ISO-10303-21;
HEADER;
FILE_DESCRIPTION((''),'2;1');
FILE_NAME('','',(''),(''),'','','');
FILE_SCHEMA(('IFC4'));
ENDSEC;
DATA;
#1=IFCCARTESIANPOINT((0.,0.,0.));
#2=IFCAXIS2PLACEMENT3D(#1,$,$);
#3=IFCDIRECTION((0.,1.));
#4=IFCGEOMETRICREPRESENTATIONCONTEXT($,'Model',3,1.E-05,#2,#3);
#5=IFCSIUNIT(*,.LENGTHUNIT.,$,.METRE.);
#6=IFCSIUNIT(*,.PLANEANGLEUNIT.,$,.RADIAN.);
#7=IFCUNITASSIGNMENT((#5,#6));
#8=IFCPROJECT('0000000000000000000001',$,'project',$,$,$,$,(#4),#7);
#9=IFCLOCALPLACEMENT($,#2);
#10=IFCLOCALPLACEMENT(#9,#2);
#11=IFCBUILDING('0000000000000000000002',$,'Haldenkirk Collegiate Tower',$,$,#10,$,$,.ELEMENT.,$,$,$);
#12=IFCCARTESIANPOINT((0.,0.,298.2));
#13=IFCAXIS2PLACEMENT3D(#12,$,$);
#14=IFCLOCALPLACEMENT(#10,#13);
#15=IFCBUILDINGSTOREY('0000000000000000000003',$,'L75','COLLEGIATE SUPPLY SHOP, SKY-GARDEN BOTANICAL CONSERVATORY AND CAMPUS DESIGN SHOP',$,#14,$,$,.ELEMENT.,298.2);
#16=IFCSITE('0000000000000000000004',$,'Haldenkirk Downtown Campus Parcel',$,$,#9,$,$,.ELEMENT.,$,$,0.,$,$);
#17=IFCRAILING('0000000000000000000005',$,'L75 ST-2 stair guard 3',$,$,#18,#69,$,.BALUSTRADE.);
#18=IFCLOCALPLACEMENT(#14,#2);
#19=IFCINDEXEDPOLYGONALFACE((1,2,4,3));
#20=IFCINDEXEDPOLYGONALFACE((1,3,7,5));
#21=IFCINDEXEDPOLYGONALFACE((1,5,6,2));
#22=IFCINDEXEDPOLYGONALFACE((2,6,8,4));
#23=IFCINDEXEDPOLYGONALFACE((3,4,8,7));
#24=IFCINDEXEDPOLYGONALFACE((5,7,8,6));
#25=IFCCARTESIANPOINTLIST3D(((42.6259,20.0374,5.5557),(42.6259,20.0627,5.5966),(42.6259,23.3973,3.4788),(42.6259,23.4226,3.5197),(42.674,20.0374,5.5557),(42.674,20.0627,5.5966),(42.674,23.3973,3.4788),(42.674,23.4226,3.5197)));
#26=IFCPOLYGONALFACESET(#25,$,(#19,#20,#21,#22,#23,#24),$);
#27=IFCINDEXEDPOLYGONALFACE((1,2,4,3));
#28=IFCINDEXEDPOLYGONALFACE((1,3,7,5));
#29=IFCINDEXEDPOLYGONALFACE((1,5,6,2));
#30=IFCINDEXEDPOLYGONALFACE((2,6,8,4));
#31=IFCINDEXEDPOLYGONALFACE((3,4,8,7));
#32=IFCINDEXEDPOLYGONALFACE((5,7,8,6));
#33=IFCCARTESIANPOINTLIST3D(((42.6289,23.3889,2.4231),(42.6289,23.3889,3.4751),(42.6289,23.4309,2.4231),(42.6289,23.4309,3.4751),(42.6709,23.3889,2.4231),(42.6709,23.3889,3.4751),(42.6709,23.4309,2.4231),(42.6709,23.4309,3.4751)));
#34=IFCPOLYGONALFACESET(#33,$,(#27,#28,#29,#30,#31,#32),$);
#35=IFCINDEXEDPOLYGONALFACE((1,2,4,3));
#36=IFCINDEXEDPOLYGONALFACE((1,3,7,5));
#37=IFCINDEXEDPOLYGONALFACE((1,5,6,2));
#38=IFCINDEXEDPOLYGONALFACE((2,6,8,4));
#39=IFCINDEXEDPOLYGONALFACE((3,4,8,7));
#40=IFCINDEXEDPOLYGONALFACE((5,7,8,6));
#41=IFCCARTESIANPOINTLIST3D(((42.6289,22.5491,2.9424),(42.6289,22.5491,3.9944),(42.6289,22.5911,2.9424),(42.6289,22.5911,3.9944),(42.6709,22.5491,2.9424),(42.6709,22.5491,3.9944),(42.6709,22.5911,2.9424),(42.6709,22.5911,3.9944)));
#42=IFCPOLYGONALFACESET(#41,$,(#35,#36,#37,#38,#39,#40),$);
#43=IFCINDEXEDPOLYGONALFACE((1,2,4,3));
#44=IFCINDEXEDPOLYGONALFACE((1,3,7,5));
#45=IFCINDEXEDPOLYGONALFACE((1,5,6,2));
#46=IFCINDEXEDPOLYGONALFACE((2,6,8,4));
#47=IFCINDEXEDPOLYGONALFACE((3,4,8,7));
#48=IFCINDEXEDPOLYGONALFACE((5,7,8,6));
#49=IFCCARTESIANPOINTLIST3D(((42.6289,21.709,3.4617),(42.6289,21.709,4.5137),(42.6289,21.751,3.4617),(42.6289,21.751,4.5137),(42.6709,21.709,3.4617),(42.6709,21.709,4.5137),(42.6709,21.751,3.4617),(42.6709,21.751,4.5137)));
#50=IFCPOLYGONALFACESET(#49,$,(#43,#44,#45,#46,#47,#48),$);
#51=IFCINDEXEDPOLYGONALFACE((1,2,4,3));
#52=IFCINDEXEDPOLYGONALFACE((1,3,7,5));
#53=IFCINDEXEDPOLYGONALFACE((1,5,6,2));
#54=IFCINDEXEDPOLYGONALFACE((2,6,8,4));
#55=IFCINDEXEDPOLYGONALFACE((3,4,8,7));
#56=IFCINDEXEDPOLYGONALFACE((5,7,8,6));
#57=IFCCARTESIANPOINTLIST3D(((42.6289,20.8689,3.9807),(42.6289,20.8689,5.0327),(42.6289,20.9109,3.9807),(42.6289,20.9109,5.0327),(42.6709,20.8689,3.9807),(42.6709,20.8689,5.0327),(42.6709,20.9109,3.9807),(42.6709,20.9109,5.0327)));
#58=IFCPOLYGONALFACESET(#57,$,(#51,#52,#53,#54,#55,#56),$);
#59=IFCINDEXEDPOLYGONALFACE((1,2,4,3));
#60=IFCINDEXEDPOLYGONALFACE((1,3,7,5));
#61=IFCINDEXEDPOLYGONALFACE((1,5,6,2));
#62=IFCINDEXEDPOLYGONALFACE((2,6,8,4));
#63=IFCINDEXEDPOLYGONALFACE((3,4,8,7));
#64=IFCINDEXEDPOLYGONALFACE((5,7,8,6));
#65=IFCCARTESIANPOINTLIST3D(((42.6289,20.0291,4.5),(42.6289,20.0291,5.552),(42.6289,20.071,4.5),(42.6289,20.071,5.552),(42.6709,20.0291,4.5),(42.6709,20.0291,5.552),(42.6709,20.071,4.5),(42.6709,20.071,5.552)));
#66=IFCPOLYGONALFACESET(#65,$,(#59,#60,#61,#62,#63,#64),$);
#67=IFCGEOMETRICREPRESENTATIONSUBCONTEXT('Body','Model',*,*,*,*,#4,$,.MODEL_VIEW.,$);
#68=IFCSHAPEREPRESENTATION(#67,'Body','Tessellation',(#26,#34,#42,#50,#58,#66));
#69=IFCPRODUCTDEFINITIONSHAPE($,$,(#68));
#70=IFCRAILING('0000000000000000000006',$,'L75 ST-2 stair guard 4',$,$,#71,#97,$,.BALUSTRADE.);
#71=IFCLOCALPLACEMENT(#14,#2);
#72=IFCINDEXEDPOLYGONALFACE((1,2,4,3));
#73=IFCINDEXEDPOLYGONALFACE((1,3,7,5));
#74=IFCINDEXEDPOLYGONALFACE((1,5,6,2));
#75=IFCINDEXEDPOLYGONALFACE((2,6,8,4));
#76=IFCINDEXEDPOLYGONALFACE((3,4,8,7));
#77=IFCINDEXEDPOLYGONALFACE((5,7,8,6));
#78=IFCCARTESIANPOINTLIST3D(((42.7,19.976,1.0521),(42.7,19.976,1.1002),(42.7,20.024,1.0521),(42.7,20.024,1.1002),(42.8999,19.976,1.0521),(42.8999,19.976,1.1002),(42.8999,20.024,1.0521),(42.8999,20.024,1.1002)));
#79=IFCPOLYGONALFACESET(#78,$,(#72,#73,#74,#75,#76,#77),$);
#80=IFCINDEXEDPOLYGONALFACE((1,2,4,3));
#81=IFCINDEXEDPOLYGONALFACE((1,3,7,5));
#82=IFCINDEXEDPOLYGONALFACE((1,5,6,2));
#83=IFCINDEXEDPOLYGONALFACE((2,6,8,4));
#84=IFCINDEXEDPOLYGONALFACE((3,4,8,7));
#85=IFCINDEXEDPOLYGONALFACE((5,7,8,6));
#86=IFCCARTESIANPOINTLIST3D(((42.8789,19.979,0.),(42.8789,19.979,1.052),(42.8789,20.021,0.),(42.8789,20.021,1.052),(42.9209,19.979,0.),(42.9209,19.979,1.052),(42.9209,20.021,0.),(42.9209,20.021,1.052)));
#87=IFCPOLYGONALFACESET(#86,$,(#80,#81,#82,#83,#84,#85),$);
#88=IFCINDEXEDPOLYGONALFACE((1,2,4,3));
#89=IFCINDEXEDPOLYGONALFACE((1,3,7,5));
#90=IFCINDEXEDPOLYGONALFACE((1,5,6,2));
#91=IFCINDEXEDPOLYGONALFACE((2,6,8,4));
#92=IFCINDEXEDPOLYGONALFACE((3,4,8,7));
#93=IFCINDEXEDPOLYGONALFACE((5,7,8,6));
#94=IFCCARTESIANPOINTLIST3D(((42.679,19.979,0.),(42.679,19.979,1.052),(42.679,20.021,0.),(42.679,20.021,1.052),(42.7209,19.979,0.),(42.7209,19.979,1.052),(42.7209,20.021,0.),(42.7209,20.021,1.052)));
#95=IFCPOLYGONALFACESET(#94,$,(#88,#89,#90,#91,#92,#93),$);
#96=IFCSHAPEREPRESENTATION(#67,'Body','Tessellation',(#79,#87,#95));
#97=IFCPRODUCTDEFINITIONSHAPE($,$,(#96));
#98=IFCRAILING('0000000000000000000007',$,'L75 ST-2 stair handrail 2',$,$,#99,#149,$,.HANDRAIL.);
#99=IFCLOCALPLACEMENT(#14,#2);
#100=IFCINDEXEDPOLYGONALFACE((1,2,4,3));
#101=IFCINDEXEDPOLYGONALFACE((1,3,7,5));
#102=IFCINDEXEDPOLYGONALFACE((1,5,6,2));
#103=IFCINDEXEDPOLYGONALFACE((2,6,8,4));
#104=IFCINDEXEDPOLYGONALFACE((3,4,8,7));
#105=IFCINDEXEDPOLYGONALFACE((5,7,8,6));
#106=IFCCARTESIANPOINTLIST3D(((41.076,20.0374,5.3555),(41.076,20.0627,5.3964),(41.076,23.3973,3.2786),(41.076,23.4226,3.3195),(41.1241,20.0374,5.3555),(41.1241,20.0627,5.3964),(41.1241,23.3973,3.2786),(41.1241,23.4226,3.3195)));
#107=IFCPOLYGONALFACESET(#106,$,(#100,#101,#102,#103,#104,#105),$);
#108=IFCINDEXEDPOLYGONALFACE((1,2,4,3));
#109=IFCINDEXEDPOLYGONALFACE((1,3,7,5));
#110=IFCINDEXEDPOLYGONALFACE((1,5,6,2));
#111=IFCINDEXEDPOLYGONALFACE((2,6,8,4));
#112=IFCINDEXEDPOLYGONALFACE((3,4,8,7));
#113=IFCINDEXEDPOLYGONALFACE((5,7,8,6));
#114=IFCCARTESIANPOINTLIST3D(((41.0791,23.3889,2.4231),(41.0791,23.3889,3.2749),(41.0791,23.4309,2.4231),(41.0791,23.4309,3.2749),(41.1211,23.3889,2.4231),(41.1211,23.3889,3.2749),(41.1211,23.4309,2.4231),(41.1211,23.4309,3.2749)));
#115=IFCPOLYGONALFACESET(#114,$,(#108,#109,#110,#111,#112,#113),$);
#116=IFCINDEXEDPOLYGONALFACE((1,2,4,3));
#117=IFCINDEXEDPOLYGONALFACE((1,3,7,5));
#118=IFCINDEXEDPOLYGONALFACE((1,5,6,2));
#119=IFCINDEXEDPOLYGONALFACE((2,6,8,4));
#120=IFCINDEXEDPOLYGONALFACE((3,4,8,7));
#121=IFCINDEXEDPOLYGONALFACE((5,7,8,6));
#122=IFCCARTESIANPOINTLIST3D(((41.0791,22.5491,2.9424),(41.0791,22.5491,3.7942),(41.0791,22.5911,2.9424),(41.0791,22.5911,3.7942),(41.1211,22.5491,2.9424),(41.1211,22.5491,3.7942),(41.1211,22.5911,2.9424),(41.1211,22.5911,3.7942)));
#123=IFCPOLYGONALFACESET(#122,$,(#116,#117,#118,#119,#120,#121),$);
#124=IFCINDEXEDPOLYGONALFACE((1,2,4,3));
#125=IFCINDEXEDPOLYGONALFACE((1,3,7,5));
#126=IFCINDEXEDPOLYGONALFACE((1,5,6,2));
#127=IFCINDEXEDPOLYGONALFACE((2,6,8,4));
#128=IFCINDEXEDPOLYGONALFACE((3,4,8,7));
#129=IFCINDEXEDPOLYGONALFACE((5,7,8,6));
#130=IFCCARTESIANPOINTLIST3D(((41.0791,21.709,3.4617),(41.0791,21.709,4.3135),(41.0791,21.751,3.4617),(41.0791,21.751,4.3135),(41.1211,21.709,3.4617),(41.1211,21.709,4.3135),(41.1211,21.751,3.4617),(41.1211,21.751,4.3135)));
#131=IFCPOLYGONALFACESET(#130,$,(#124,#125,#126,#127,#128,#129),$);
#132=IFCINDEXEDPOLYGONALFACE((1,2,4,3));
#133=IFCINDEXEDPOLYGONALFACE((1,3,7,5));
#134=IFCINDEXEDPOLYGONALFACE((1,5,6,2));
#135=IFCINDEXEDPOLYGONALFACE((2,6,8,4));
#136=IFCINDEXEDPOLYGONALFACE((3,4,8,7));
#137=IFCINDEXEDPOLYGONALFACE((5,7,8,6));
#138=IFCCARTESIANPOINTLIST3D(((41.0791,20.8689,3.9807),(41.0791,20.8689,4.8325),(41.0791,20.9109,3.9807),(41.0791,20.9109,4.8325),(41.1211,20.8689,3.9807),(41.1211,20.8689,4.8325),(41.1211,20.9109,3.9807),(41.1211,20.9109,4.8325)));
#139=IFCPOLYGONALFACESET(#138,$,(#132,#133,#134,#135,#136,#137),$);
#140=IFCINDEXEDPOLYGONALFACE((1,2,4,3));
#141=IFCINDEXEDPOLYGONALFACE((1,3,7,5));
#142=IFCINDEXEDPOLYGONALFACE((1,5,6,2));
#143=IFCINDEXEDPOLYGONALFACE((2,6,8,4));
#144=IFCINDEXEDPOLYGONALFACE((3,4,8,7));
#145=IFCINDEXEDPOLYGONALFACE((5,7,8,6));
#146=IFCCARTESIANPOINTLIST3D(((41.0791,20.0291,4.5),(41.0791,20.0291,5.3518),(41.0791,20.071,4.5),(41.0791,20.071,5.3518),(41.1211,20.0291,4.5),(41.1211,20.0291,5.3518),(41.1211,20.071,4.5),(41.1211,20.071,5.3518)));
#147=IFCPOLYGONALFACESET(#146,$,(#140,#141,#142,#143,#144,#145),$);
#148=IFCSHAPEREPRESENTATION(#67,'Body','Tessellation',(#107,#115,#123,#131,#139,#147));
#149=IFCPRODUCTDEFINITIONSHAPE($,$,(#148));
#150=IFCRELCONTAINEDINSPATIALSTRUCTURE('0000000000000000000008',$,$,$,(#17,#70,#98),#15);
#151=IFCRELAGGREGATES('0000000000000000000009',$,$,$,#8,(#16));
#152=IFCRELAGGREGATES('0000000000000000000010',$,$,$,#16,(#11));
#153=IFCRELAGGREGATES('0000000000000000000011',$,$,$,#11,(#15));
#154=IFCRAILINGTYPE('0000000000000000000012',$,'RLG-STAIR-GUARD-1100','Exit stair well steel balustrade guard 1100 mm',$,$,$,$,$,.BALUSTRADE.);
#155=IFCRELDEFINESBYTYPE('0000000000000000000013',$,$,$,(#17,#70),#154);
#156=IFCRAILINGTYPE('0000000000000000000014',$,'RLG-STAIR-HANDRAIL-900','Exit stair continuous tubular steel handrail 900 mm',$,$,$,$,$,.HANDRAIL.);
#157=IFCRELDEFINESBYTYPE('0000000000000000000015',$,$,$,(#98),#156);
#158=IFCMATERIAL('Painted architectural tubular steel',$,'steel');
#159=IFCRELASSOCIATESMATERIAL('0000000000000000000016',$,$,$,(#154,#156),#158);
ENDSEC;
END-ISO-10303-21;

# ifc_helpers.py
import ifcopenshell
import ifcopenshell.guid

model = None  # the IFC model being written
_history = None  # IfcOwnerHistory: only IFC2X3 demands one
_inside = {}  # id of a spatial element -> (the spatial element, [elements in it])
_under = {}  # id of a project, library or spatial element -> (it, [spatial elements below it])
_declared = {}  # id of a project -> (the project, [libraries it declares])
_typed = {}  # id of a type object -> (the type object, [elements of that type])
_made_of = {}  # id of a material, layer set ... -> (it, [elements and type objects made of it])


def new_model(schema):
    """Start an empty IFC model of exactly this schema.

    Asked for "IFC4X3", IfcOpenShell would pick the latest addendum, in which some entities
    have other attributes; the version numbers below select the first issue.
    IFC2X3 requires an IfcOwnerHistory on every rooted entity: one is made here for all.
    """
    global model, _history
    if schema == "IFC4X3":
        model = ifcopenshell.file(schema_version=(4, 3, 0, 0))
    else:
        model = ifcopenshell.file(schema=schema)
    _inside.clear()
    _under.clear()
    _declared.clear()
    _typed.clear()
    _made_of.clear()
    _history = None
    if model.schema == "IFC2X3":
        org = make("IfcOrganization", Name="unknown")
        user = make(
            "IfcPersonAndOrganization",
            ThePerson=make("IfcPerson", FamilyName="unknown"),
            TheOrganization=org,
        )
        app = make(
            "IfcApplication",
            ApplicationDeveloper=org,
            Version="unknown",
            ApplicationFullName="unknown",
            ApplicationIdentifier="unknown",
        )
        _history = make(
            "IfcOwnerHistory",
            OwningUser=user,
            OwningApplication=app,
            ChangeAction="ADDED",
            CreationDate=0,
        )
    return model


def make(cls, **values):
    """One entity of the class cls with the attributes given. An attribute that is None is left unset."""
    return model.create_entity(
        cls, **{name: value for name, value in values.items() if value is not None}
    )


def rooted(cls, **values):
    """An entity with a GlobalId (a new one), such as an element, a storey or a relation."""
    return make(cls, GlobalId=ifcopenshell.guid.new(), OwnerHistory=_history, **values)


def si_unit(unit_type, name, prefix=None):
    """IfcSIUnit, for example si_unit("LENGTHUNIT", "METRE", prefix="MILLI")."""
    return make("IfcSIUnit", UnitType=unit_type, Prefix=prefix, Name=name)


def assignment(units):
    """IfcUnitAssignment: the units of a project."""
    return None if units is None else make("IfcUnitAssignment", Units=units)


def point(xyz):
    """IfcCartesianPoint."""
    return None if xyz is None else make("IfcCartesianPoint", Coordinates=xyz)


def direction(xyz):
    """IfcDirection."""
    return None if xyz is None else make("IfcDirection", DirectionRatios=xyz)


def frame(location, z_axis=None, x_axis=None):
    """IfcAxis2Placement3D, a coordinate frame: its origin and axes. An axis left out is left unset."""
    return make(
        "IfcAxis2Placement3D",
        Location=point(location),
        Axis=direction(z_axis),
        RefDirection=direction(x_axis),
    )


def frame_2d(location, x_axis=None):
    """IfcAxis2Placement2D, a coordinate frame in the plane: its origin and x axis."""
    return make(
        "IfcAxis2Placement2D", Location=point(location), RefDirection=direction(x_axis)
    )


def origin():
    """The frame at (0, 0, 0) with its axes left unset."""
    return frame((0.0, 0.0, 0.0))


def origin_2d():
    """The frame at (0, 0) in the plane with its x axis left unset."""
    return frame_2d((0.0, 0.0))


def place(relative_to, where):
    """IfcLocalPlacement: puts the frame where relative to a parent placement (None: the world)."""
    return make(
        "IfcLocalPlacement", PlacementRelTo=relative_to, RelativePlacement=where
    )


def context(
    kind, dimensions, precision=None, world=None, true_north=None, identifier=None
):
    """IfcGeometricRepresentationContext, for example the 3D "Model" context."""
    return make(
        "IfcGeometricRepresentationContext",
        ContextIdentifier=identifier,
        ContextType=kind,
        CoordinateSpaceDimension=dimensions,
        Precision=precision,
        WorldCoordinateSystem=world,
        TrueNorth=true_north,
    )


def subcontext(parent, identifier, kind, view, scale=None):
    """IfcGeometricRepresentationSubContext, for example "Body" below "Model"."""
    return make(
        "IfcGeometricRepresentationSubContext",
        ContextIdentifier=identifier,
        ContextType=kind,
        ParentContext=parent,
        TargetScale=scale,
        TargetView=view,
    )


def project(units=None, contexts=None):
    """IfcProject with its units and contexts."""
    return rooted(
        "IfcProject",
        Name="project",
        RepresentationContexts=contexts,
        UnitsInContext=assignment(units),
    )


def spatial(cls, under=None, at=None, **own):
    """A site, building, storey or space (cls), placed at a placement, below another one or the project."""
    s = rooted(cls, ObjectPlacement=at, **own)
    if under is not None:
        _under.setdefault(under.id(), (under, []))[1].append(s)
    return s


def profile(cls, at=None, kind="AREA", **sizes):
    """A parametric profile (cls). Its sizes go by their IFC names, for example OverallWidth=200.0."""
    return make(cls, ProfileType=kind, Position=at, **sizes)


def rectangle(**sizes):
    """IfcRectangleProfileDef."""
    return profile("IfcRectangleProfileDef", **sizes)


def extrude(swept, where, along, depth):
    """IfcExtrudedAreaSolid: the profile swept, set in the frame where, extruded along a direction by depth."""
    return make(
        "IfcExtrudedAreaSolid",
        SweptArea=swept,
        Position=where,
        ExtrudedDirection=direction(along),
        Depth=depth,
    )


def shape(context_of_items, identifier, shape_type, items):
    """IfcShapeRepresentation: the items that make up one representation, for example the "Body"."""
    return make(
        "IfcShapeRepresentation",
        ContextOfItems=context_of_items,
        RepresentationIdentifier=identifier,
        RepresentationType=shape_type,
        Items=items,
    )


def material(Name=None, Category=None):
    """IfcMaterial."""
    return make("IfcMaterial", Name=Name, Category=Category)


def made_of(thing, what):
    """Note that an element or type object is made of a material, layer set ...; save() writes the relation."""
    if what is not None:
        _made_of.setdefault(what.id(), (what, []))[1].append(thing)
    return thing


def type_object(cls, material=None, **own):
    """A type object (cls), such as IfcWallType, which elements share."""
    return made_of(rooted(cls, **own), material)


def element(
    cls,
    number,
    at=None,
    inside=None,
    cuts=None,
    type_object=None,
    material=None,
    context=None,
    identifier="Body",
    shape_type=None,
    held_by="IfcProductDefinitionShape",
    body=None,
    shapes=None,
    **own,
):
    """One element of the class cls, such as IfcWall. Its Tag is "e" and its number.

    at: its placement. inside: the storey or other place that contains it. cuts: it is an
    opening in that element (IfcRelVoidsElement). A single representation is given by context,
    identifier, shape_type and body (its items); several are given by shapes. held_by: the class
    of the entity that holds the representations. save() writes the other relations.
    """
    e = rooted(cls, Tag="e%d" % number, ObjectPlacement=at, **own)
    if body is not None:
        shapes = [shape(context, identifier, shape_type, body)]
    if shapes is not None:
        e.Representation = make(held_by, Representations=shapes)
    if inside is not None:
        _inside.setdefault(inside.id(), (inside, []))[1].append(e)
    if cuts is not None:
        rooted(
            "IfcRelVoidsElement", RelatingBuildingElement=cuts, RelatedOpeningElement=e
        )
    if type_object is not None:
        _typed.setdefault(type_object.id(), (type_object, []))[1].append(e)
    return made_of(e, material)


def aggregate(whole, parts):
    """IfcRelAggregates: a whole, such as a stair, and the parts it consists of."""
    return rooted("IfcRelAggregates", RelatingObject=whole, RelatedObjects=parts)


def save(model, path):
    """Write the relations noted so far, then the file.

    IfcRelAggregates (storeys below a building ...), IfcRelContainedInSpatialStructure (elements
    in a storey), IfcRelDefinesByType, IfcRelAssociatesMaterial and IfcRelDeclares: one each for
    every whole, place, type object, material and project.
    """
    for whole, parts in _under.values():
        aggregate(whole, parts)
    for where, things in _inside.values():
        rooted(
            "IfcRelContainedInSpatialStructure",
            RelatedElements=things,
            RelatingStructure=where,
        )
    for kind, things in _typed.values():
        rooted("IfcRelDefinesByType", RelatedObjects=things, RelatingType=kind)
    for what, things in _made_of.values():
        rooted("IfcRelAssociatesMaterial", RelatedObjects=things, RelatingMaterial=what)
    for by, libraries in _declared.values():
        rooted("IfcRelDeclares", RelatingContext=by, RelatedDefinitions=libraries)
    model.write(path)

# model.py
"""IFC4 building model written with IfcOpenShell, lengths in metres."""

from ifc_helpers import new_model, si_unit, direction, frame, origin, origin_2d, place, context, subcontext, project, spatial, rectangle, extrude, material, type_object, element, save


model = new_model("IFC4")

# Units and contexts
model_context = context("Model", 3, precision=1e-05, world=origin(), true_north=direction((0.0, 1.0)))
body_context = subcontext(model_context, "Body", "Model", "MODEL_VIEW")
ifc_project = project(units=[si_unit("LENGTHUNIT", "METRE"), si_unit("PLANEANGLEUNIT", "RADIAN")], contexts=[model_context])

# Site, building, storey
site_placement = place(None, origin())
site = spatial("IfcSite", under=ifc_project, at=site_placement, Name="Haldenkirk Downtown Campus Parcel", CompositionType="ELEMENT", RefElevation=0.0)
building_placement = place(site_placement, origin())
building = spatial("IfcBuilding", under=site, at=building_placement, Name="Haldenkirk Collegiate Tower", CompositionType="ELEMENT")
storey_placement = place(building_placement, frame((0.0, 0.0, 298.2)))
storey = spatial("IfcBuildingStorey", under=building, at=storey_placement, Name="L75", Description="COLLEGIATE SUPPLY SHOP, SKY-GARDEN BOTANICAL CONSERVATORY AND CAMPUS DESIGN SHOP", CompositionType="ELEMENT", Elevation=298.2)

# Railings
ifc_material_1 = material(Name="Painted architectural tubular steel", Category="steel")
railing_type_1 = type_object("IfcRailingType", Name="RLG-STAIR-GUARD-1100", Description="Exit stair well steel balustrade guard 1100 mm", PredefinedType="BALUSTRADE", material=ifc_material_1)
railing_1_placement = place(storey_placement, frame((42.6499, 23.4099, 2.4231)))
element("IfcRailing", 1, at=railing_1_placement, inside=storey, type_object=railing_type_1, Name="L75 ST-2 stair guard 3", PredefinedType="BALUSTRADE", context=body_context, shape_type="SweptSolid", body=[
    extrude(rectangle(XDim=0.0481, YDim=0.0481, at=origin_2d()), frame((0.0, 0.0, 1.0762), z_axis=(0.0, -0.850606, 0.525803), x_axis=(1.0, 0.0, 0.0)), (0.0, 0.0, 1.0), 3.95),
    extrude(rectangle(XDim=0.042, YDim=0.042, at=origin_2d()), origin(), (0.0, 0.0, 1.0), 1.052),
    extrude(rectangle(XDim=0.042, YDim=0.042, at=origin_2d()), frame((0.0, -0.8398, 0.5193)), (0.0, 0.0, 1.0), 1.052),
    extrude(rectangle(XDim=0.042, YDim=0.042, at=origin_2d()), frame((0.0, -1.6799, 1.0386)), (0.0, 0.0, 1.0), 1.052),
    extrude(rectangle(XDim=0.042, YDim=0.042, at=origin_2d()), frame((0.0, -2.52, 1.5576)), (0.0, 0.0, 1.0), 1.052),
    extrude(rectangle(XDim=0.042, YDim=0.042, at=origin_2d()), frame((0.0, -3.3599, 2.0769)), (0.0, 0.0, 1.0), 1.052),
])
railing_2_placement = place(storey_placement, frame((42.8999, 20.0, 0.0)))
element("IfcRailing", 2, at=railing_2_placement, inside=storey, type_object=railing_type_1, Name="L75 ST-2 stair guard 4", PredefinedType="BALUSTRADE", context=body_context, shape_type="SweptSolid", body=[
    extrude(rectangle(XDim=0.0481, YDim=0.0481, at=origin_2d()), frame((0.0, 0.0, 1.0762), z_axis=(-1.0, 0.0, 0.0), x_axis=(0.0, -1.0, 0.0)), (0.0, 0.0, 1.0), 0.2),
    extrude(rectangle(XDim=0.042, YDim=0.042, at=origin_2d()), origin(), (0.0, 0.0, 1.0), 1.052),
    extrude(rectangle(XDim=0.042, YDim=0.042, at=origin_2d()), frame((-0.2, 0.0, 0.0)), (0.0, 0.0, 1.0), 1.052),
])
railing_type_2 = type_object("IfcRailingType", Name="RLG-STAIR-HANDRAIL-900", Description="Exit stair continuous tubular steel handrail 900 mm", PredefinedType="HANDRAIL", material=ifc_material_1)
railing_3_placement = place(storey_placement, frame((41.1001, 23.4099, 2.4231)))
element("IfcRailing", 3, at=railing_3_placement, inside=storey, type_object=railing_type_2, Name="L75 ST-2 stair handrail 2", PredefinedType="HANDRAIL", context=body_context, shape_type="SweptSolid", body=[
    extrude(rectangle(XDim=0.0481, YDim=0.0481, at=origin_2d()), frame((0.0, 0.0, 0.876), z_axis=(0.0, -0.850606, 0.525803), x_axis=(1.0, 0.0, 0.0)), (0.0, 0.0, 1.0), 3.95),
    extrude(rectangle(XDim=0.042, YDim=0.042, at=origin_2d()), origin(), (0.0, 0.0, 1.0), 0.8518),
    extrude(rectangle(XDim=0.042, YDim=0.042, at=origin_2d()), frame((0.0, -0.8398, 0.5193)), (0.0, 0.0, 1.0), 0.8518),
    extrude(rectangle(XDim=0.042, YDim=0.042, at=origin_2d()), frame((0.0, -1.6799, 1.0386)), (0.0, 0.0, 1.0), 0.8518),
    extrude(rectangle(XDim=0.042, YDim=0.042, at=origin_2d()), frame((0.0, -2.52, 1.5576)), (0.0, 0.0, 1.0), 0.8518),
    extrude(rectangle(XDim=0.042, YDim=0.042, at=origin_2d()), frame((0.0, -3.3599, 2.0769)), (0.0, 0.0, 1.0), 0.8518),
])

save(model, "model.ifc")
